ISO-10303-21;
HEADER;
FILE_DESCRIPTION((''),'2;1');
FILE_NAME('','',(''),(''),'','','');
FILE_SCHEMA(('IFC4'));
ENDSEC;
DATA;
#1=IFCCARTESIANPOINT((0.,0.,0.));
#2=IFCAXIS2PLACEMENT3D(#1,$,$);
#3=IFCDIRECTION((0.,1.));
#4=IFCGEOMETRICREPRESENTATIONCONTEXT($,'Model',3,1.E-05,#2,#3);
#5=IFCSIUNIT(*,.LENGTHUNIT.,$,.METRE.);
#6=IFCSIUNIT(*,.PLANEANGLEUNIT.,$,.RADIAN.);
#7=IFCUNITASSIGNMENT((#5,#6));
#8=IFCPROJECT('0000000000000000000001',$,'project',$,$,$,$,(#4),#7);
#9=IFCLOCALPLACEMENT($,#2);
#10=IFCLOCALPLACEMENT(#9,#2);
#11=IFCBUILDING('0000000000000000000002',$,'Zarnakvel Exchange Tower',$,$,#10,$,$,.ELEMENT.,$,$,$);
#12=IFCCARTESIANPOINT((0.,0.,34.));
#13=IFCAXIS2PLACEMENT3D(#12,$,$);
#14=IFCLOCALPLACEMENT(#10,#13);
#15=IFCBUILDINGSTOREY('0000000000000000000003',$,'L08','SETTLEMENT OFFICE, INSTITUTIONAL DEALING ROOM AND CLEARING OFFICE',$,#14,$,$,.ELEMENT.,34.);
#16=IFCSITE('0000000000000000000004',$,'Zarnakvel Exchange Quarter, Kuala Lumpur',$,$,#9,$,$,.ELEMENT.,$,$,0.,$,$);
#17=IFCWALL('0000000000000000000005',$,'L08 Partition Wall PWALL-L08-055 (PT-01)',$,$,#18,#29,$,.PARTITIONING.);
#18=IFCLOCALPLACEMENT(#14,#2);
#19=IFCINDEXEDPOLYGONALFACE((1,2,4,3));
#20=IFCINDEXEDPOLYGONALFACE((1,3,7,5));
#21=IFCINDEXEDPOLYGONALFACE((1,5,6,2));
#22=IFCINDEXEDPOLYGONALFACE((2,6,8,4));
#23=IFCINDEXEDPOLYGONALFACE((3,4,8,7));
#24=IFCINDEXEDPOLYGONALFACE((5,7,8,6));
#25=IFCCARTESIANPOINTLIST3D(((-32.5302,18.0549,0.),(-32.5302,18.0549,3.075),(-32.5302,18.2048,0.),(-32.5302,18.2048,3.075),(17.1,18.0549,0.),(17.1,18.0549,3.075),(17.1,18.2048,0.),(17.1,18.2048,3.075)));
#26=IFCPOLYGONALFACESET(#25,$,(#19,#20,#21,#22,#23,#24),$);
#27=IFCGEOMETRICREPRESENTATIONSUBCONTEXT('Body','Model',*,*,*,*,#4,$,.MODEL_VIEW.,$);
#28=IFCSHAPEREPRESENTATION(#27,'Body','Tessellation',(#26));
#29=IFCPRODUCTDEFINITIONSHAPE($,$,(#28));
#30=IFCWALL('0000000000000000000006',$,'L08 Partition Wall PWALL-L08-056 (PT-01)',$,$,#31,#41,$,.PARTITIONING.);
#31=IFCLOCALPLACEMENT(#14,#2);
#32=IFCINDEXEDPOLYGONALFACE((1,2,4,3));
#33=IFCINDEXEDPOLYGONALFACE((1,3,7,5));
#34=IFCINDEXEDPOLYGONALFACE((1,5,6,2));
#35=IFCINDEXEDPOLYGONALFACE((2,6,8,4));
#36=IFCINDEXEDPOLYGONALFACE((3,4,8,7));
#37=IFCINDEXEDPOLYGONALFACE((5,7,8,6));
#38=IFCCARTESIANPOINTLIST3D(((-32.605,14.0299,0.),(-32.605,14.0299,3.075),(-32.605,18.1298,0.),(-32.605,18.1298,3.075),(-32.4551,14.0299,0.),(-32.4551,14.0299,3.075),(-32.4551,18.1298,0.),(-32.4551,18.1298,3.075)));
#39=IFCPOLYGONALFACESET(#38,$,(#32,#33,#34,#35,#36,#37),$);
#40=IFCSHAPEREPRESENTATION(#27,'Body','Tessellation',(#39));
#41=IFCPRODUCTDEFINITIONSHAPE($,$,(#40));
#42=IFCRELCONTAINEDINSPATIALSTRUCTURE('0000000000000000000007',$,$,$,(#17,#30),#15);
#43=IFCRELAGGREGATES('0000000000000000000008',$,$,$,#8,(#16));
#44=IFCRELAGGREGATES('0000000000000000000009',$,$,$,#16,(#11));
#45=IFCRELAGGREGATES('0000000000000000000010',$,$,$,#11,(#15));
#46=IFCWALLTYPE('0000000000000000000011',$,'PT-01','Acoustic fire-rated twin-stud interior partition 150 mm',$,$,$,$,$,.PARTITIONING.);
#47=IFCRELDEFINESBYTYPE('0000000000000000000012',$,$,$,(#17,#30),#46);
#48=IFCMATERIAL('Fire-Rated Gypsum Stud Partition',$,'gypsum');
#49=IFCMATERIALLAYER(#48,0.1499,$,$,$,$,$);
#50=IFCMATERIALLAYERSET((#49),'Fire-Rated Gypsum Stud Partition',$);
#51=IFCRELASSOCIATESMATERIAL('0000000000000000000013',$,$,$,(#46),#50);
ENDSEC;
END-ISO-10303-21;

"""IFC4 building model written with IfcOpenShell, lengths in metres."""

from ifc_helpers import new_model, si_unit, direction, frame, frame_2d, origin, place, context, subcontext, project, spatial, rectangle, extrude, material, layer, layer_set, type_object, element, save


model = new_model("IFC4")

# Units and contexts
model_context = context("Model", 3, precision=1e-05, world=origin(), true_north=direction((0.0, 1.0)))
body_context = subcontext(model_context, "Body", "Model", "MODEL_VIEW")
ifc_project = project(units=[si_unit("LENGTHUNIT", "METRE"), si_unit("PLANEANGLEUNIT", "RADIAN")], contexts=[model_context])

# Site, building, storey
site_placement = place(None, origin())
site = spatial("IfcSite", under=ifc_project, at=site_placement, Name="Zarnakvel Exchange Quarter, Kuala Lumpur", CompositionType="ELEMENT", RefElevation=0.0)
building_placement = place(site_placement, origin())
building = spatial("IfcBuilding", under=site, at=building_placement, Name="Zarnakvel Exchange Tower", CompositionType="ELEMENT")
storey_placement = place(building_placement, frame((0.0, 0.0, 34.0)))
storey = spatial("IfcBuildingStorey", under=building, at=storey_placement, Name="L08", Description="SETTLEMENT OFFICE, INSTITUTIONAL DEALING ROOM AND CLEARING OFFICE", CompositionType="ELEMENT", Elevation=34.0)

# Shared definitions
ifc_material_1 = material(Name="Fire-Rated Gypsum Stud Partition", Category="gypsum")
ifc_layer_1 = layer(ifc_material_1, 0.1499)
ifc_layer_set_1 = layer_set([ifc_layer_1], Name="Fire-Rated Gypsum Stud Partition")
wall_type_1 = type_object("IfcWallType", Name="PT-01", Description="Acoustic fire-rated twin-stud interior partition 150 mm", PredefinedType="PARTITIONING", material=ifc_layer_set_1)

# Walls
wall_1_placement = place(storey_placement, frame((-32.53, 18.1299, 0.0), z_axis=(0.0, 0.0, 1.0), x_axis=(1.0, 0.0, 0.0)))
element("IfcWall", 1, at=wall_1_placement, inside=storey, type_object=wall_type_1, Name="L08 Partition Wall PWALL-L08-055 (PT-01)", PredefinedType="PARTITIONING", context=body_context, shape_type="SweptSolid", body=[
    extrude(rectangle(XDim=49.6301, YDim=0.1499, at=frame_2d((24.8149, 0.0))), origin(), (0.0, 0.0, 1.0), 3.075),
])
wall_2_placement = place(storey_placement, frame((-32.53, 14.03, 0.0), z_axis=(0.0, 0.0, 1.0), x_axis=(0.0, 1.0, 0.0)))
element("IfcWall", 2, at=wall_2_placement, inside=storey, type_object=wall_type_1, Name="L08 Partition Wall PWALL-L08-056 (PT-01)", PredefinedType="PARTITIONING", context=body_context, shape_type="SweptSolid", body=[
    extrude(rectangle(XDim=4.0999, YDim=0.1499, at=frame_2d((2.0498, 0.0))), origin(), (0.0, 0.0, 1.0), 3.075),
])

save(model, "model.ifc")
